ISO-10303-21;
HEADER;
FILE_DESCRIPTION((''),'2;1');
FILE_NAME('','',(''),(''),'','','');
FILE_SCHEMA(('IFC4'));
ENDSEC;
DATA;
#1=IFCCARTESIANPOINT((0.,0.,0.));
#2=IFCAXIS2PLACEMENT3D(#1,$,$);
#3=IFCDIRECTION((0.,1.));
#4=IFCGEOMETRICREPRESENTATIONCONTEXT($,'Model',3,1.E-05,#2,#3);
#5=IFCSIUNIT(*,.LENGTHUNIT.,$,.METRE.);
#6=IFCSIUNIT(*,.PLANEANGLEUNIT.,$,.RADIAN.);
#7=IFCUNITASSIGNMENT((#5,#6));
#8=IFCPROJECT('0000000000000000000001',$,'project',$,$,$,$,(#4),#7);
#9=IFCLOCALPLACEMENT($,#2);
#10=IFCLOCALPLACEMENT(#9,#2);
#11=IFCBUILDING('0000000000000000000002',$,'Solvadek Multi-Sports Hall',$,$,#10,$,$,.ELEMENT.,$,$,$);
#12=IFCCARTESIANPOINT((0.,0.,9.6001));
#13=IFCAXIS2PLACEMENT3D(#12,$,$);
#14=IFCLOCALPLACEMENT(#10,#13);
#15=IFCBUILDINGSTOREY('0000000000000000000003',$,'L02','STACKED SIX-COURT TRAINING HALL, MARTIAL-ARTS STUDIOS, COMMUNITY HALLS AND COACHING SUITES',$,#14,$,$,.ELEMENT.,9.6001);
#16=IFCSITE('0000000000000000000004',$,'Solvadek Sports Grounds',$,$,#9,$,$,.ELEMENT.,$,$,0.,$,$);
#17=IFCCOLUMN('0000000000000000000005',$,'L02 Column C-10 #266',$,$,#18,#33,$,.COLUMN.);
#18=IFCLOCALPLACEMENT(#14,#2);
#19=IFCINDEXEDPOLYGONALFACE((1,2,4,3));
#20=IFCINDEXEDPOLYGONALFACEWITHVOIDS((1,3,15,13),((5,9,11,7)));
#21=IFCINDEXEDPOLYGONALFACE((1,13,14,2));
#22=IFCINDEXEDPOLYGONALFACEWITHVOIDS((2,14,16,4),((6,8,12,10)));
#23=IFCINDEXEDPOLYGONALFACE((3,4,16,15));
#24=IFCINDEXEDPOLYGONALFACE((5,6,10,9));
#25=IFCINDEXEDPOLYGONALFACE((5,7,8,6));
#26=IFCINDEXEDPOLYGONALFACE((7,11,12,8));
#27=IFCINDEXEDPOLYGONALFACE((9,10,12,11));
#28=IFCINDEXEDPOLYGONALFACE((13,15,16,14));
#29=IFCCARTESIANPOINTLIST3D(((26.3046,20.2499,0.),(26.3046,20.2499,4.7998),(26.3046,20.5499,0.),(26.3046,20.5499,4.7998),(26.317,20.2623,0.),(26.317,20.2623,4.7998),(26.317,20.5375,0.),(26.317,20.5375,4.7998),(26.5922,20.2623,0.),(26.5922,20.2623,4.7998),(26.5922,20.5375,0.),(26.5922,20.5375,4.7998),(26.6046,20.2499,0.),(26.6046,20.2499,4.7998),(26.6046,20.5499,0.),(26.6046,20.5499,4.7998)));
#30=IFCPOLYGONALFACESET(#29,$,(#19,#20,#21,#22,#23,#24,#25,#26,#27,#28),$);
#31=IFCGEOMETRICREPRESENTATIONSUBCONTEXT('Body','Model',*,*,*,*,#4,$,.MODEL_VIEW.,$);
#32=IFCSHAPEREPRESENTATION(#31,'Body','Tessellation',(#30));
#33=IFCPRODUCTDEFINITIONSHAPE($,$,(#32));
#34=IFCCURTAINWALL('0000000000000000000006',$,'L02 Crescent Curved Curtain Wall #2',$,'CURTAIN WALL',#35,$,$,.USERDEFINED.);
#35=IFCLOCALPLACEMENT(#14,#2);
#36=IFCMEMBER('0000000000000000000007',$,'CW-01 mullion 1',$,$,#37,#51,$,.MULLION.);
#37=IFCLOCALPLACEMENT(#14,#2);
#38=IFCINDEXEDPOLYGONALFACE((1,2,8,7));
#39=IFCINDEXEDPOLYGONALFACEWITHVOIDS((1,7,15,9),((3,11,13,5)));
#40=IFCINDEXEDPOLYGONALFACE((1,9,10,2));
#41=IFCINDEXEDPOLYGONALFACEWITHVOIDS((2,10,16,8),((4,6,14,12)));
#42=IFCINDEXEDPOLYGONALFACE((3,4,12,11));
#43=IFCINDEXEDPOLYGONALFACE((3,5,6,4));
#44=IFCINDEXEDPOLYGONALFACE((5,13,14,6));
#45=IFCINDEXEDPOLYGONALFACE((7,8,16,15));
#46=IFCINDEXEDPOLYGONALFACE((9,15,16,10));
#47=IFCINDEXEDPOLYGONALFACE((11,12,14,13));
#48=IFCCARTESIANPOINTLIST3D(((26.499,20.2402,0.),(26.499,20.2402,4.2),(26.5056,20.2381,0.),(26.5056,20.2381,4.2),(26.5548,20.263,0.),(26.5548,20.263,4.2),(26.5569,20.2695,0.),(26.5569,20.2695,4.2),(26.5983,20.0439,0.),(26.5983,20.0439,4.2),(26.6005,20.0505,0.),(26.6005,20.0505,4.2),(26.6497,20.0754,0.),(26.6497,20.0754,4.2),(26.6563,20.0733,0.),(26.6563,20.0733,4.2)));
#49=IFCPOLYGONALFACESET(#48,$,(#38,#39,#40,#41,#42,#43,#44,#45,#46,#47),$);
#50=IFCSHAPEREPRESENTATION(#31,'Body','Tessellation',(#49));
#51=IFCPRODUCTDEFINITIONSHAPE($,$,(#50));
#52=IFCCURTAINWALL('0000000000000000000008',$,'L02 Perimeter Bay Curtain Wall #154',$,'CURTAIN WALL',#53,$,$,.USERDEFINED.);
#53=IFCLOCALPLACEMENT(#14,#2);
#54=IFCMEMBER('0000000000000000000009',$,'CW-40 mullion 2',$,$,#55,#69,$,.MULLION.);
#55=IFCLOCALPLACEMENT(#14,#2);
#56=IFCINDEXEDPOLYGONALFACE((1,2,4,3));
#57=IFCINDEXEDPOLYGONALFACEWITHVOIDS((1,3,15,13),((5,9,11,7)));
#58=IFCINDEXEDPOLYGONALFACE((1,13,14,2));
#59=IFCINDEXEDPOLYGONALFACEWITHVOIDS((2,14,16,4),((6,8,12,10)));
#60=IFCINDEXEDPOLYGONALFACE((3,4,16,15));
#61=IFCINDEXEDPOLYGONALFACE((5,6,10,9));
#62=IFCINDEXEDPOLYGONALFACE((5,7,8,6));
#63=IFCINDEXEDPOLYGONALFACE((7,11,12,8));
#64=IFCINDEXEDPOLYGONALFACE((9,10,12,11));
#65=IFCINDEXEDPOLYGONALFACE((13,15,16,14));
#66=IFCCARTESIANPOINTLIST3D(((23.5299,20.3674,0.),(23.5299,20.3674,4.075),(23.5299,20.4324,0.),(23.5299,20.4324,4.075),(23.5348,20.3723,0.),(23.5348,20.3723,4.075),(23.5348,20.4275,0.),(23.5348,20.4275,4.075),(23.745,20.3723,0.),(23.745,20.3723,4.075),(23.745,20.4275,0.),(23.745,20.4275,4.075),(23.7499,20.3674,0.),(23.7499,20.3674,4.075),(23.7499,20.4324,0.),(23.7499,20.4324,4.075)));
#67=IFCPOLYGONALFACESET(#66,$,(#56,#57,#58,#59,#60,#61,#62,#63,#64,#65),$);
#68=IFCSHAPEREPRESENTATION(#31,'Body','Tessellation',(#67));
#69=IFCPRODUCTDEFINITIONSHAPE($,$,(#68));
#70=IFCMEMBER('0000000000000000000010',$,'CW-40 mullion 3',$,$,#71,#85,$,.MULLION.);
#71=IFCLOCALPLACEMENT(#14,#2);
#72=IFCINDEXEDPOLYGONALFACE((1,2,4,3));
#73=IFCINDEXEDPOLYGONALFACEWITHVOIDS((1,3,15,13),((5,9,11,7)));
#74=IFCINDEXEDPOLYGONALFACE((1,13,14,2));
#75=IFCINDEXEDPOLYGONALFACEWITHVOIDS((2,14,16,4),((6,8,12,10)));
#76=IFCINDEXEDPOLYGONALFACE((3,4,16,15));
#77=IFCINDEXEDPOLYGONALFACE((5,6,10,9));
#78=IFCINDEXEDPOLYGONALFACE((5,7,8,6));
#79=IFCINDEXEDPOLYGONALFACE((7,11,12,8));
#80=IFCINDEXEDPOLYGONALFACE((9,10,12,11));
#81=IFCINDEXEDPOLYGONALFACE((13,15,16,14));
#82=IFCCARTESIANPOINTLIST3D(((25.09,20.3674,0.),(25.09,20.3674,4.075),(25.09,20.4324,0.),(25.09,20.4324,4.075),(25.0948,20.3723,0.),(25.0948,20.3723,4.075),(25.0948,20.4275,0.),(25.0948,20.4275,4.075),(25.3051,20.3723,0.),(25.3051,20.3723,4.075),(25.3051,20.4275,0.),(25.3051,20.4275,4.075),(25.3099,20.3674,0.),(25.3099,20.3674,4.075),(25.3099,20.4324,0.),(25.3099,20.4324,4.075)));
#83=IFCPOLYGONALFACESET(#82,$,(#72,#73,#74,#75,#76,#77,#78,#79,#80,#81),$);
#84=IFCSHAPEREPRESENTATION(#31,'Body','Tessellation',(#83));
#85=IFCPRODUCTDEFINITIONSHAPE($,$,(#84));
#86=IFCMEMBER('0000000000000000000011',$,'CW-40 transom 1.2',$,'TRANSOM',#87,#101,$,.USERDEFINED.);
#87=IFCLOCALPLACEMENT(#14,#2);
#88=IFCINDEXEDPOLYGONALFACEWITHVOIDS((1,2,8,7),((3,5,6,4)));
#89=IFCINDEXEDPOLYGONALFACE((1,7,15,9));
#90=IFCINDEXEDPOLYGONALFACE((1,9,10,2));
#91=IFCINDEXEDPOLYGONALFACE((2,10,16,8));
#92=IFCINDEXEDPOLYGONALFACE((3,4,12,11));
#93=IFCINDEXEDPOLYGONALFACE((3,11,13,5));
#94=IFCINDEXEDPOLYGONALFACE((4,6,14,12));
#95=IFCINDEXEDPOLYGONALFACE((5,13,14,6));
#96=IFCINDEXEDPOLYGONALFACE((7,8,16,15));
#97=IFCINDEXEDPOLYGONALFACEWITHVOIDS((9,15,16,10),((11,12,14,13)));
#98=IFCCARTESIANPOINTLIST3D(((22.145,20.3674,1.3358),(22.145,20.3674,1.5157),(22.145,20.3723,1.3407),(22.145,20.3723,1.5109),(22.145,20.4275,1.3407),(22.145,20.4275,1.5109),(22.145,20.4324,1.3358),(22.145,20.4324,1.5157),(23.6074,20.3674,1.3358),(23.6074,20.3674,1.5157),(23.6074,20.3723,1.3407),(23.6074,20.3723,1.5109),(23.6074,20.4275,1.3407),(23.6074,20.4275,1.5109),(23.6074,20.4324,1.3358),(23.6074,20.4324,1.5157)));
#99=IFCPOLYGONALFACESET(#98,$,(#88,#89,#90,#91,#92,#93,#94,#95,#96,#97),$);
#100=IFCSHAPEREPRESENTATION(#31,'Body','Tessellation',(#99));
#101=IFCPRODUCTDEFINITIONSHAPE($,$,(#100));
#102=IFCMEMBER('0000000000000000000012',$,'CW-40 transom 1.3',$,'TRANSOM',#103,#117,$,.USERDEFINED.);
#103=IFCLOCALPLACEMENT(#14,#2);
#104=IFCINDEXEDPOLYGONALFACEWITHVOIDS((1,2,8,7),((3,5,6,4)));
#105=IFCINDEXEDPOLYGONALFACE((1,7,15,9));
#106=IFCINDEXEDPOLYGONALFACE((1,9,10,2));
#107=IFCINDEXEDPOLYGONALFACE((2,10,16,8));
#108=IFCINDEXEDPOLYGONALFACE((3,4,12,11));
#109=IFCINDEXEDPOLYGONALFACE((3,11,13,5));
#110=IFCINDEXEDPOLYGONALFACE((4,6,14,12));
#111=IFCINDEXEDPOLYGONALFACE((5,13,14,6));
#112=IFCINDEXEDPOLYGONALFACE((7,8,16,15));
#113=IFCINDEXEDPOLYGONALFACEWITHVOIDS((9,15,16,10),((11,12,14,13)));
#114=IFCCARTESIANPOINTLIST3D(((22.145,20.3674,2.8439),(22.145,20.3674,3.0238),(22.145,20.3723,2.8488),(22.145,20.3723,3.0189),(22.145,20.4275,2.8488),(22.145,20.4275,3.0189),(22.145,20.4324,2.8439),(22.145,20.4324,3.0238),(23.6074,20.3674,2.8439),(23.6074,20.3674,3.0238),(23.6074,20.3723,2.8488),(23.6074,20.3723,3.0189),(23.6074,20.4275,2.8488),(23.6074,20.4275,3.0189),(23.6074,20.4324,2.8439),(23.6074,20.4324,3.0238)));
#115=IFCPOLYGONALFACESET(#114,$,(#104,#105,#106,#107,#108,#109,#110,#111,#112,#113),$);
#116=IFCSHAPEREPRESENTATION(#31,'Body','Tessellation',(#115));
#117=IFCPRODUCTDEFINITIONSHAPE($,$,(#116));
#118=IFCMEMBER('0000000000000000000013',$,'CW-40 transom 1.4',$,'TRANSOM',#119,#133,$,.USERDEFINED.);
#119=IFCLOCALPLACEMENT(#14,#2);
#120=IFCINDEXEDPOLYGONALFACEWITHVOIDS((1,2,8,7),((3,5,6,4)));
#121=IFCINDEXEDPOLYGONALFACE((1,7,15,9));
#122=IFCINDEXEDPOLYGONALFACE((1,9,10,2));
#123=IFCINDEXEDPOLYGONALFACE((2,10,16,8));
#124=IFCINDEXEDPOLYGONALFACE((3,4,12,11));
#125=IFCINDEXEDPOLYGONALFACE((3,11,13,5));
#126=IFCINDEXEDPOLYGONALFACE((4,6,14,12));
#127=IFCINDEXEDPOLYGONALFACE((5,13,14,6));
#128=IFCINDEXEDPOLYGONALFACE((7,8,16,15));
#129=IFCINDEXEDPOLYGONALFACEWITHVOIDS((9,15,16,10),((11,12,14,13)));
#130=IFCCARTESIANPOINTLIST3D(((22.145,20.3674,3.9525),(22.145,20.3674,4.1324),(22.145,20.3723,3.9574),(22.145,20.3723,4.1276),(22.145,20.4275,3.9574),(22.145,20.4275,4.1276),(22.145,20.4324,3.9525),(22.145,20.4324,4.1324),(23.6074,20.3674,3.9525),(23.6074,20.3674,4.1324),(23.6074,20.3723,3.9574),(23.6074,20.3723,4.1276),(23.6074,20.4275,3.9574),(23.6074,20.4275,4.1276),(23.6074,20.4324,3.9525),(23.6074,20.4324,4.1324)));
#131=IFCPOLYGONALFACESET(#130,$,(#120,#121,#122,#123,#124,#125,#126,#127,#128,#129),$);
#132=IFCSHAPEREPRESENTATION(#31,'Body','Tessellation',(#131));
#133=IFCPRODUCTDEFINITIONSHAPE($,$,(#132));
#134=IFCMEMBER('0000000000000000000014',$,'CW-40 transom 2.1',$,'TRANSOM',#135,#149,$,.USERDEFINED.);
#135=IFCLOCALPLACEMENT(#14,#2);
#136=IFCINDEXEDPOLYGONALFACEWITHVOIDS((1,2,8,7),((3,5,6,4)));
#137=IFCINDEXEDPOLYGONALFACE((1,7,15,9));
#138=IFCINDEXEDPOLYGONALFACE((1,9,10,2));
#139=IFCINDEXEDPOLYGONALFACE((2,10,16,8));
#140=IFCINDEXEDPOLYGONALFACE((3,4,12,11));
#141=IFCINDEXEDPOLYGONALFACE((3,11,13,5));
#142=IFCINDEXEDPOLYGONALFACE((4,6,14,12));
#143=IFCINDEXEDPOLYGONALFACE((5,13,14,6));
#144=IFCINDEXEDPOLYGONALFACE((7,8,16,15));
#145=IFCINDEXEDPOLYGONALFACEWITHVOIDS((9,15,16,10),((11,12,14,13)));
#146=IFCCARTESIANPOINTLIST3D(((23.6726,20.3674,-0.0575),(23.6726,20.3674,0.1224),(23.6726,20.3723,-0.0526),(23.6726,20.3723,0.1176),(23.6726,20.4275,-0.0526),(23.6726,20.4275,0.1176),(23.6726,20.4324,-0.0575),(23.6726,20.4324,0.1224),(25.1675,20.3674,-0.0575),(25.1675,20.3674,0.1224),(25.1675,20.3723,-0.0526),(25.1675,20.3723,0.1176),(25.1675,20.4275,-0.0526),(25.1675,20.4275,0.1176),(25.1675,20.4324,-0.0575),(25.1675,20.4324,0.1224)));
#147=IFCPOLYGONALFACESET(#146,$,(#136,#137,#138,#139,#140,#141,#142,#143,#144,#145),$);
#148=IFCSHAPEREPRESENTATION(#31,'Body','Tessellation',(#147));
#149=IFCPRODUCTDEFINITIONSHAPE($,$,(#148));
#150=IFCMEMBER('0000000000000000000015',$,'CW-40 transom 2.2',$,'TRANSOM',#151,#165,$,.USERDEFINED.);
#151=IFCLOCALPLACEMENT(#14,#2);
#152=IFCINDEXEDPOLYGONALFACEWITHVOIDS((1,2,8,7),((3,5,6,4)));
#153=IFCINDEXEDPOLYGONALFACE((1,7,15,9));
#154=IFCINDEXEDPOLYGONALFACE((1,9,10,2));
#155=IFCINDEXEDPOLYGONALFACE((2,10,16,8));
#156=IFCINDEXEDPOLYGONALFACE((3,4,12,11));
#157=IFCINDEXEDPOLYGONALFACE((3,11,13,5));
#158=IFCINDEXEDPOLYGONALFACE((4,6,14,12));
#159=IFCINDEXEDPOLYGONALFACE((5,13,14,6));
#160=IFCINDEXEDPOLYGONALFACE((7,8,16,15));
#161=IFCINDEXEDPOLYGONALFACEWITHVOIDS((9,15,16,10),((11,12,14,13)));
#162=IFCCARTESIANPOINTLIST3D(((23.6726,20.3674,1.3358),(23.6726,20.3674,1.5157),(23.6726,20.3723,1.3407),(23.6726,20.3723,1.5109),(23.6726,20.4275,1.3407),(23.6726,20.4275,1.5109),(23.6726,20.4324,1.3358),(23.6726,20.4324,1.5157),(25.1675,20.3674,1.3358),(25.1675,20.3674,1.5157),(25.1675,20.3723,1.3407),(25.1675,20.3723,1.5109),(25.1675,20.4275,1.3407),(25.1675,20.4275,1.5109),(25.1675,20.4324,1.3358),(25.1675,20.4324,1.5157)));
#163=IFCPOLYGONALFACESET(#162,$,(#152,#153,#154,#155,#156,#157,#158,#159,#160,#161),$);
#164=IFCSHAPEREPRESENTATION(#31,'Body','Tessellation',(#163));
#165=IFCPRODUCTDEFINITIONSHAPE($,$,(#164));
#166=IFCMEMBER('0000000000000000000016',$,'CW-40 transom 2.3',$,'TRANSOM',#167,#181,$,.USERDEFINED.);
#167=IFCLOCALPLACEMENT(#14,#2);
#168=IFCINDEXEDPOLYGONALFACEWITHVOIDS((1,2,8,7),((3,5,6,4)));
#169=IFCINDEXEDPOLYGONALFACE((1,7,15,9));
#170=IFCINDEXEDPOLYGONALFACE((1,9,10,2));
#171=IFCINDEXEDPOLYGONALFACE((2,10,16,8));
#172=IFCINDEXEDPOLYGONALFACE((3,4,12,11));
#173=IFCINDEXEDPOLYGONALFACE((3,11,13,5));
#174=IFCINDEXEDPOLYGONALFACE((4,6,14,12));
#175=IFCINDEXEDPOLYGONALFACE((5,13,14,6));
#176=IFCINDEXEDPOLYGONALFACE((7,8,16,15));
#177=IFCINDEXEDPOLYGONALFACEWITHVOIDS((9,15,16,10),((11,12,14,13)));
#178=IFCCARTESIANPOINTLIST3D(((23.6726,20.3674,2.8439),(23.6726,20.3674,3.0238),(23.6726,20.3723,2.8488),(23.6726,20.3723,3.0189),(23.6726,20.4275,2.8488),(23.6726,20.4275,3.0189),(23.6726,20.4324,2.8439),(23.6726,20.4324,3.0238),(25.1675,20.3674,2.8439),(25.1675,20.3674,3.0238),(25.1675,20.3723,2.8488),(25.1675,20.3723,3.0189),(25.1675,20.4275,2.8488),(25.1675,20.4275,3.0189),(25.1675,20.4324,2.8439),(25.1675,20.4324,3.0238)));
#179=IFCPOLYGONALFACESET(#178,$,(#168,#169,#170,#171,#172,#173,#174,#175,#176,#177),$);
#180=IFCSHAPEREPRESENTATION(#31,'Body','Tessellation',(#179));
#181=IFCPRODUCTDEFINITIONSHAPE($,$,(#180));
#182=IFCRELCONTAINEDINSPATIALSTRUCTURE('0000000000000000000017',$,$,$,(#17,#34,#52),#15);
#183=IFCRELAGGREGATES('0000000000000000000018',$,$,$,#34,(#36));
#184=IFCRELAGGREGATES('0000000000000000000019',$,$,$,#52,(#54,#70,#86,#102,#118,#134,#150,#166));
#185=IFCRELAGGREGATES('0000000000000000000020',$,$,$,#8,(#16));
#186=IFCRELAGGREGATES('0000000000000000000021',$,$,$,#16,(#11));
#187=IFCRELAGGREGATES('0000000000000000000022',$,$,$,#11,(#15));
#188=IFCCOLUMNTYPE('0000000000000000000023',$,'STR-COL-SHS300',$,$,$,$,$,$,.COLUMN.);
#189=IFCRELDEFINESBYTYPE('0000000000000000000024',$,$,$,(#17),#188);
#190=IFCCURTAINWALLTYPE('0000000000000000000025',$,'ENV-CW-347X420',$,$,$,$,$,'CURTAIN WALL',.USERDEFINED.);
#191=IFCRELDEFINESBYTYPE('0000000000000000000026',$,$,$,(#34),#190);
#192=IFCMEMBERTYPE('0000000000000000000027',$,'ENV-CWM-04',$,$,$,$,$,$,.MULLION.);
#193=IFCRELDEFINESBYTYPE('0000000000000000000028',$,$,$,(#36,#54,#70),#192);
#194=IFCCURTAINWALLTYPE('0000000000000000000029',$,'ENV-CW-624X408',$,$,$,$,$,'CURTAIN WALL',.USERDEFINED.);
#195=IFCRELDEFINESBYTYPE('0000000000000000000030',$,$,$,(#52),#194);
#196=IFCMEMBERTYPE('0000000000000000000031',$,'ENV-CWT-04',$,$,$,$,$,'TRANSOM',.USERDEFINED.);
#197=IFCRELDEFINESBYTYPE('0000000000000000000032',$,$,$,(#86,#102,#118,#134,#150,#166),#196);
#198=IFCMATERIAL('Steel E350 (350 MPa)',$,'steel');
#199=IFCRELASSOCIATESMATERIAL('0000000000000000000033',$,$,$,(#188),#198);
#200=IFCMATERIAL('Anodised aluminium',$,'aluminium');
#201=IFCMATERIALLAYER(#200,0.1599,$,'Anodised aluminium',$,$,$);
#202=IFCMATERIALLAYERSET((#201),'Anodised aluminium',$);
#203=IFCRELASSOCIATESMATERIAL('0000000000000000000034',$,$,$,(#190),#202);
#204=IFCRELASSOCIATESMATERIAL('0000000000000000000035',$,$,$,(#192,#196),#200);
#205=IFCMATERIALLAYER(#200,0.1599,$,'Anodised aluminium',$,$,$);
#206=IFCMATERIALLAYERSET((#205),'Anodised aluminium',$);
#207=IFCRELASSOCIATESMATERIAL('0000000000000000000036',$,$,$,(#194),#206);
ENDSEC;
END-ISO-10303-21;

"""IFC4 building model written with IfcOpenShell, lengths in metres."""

from ifc_helpers import new_model, si_unit, direction, frame, origin, origin_2d, place, context, subcontext, project, spatial, hollow_rectangle, extrude, material, layer, layer_set, material_profile, profile_set, type_object, element, aggregate, save


model = new_model("IFC4")

# Units and contexts
model_context = context("Model", 3, precision=1e-05, world=origin(), true_north=direction((0.0, 1.0)))
body_context = subcontext(model_context, "Body", "Model", "MODEL_VIEW")
ifc_project = project(units=[si_unit("LENGTHUNIT", "METRE"), si_unit("PLANEANGLEUNIT", "RADIAN")], contexts=[model_context])

# Site, building, storey
site_placement = place(None, origin())
site = spatial("IfcSite", under=ifc_project, at=site_placement, Name="Solvadek Sports Grounds", CompositionType="ELEMENT", RefElevation=0.0)
building_placement = place(site_placement, origin())
building = spatial("IfcBuilding", under=site, at=building_placement, Name="Solvadek Multi-Sports Hall", CompositionType="ELEMENT")
storey_placement = place(building_placement, frame((0.0, 0.0, 9.6001)))
storey = spatial("IfcBuildingStorey", under=building, at=storey_placement, Name="L02", Description="STACKED SIX-COURT TRAINING HALL, MARTIAL-ARTS STUDIOS, COMMUNITY HALLS AND COACHING SUITES", CompositionType="ELEMENT", Elevation=9.6001)

# Column
ifc_material_1 = material(Name="Steel E350 (350 MPa)", Category="steel")
ifc_material_profile_1 = material_profile(ifc_material_1, hollow_rectangle(XDim=0.3, YDim=0.3, WallThickness=0.0125, at=origin_2d()), Name="SHS 300x300x12.5")
ifc_profile_set_1 = profile_set([ifc_material_profile_1], Name="Steel E350 (350 MPa)")
column_type = type_object("IfcColumnType", Name="STR-COL-SHS300", PredefinedType="COLUMN", material=ifc_profile_set_1)
column_placement = place(storey_placement, frame((26.4546, 20.3999, 0.0), z_axis=(0.0, 0.0, 1.0), x_axis=(1.0, 0.0, 0.0)))
element("IfcColumn", 1, at=column_placement, inside=storey, type_object=column_type, Name="L02 Column C-10 #266", PredefinedType="COLUMN", context=body_context, shape_type="SweptSolid", body=[
    extrude(hollow_rectangle(XDim=0.3, YDim=0.3, WallThickness=0.0125, at=origin_2d()), origin(), (0.0, 0.0, 1.0), 4.7998),
])

# Curtain wall, member
ifc_material_2 = material(Name="Anodised aluminium", Category="aluminium")
ifc_layer_1 = layer(ifc_material_2, 0.1599, Name="Anodised aluminium")
ifc_layer_set_1 = layer_set([ifc_layer_1], Name="Anodised aluminium")
curtain_wall_type_1 = type_object("IfcCurtainWallType", Name="ENV-CW-347X420", ElementType="CURTAIN WALL", PredefinedType="USERDEFINED", material=ifc_layer_set_1)
curtain_wall_1_placement = place(storey_placement, origin())
curtain_wall_1 = element("IfcCurtainWall", 2, at=curtain_wall_1_placement, inside=storey, type_object=curtain_wall_type_1, Name="L02 Crescent Curved Curtain Wall #2", ObjectType="CURTAIN WALL", PredefinedType="USERDEFINED")
ifc_material_profile_2 = material_profile(ifc_material_2, hollow_rectangle(XDim=0.0649, YDim=0.22, WallThickness=0.0049, at=origin_2d()), Name="ALU-M 220x65x5")
ifc_profile_set_2 = profile_set([ifc_material_profile_2], Name="Anodised aluminium")
member_type_1 = type_object("IfcMemberType", Name="ENV-CWM-04", PredefinedType="MULLION", material=ifc_profile_set_2)
member_1_placement = place(storey_placement, frame((26.5776, 20.1567, 0.0), z_axis=(0.0, 0.0, 1.0), x_axis=(0.892241, 0.451559, 0.0)))
member_1 = element("IfcMember", 3, at=member_1_placement, type_object=member_type_1, Name="CW-01 mullion 1", PredefinedType="MULLION", context=body_context, shape_type="SweptSolid", body=[
    extrude(hollow_rectangle(XDim=0.0649, YDim=0.22, WallThickness=0.0049, at=origin_2d()), origin(), (0.0, 0.0, 1.0), 4.2),
])
aggregate(curtain_wall_1, [member_1])

# Curtain wall, members
ifc_layer_2 = layer(ifc_material_2, 0.1599, Name="Anodised aluminium")
ifc_layer_set_2 = layer_set([ifc_layer_2], Name="Anodised aluminium")
curtain_wall_type_2 = type_object("IfcCurtainWallType", Name="ENV-CW-624X408", ElementType="CURTAIN WALL", PredefinedType="USERDEFINED", material=ifc_layer_set_2)
curtain_wall_2_placement = place(storey_placement, origin())
curtain_wall_2 = element("IfcCurtainWall", 4, at=curtain_wall_2_placement, inside=storey, type_object=curtain_wall_type_2, Name="L02 Perimeter Bay Curtain Wall #154", ObjectType="CURTAIN WALL", PredefinedType="USERDEFINED")
member_2_placement = place(storey_placement, frame((23.6399, 20.3999, 0.0), z_axis=(0.0, 0.0, 1.0), x_axis=(0.0, 1.0, 0.0)))
member_2 = element("IfcMember", 5, at=member_2_placement, type_object=member_type_1, Name="CW-40 mullion 2", PredefinedType="MULLION", context=body_context, shape_type="SweptSolid", body=[
    extrude(hollow_rectangle(XDim=0.0649, YDim=0.22, WallThickness=0.0049, at=origin_2d()), origin(), (0.0, 0.0, 1.0), 4.075),
])
member_3_placement = place(storey_placement, frame((25.2, 20.3999, 0.0), z_axis=(0.0, 0.0, 1.0), x_axis=(0.0, 1.0, 0.0)))
member_3 = element("IfcMember", 6, at=member_3_placement, type_object=member_type_1, Name="CW-40 mullion 3", PredefinedType="MULLION", context=body_context, shape_type="SweptSolid", body=[
    extrude(hollow_rectangle(XDim=0.0649, YDim=0.22, WallThickness=0.0049, at=origin_2d()), origin(), (0.0, 0.0, 1.0), 4.075),
])
ifc_material_profile_3 = material_profile(ifc_material_2, hollow_rectangle(XDim=0.0649, YDim=0.1799, WallThickness=0.0049, at=origin_2d()), Name="ALU-T 180x65x5")
ifc_profile_set_3 = profile_set([ifc_material_profile_3], Name="Anodised aluminium")
member_type_2 = type_object("IfcMemberType", Name="ENV-CWT-04", ElementType="TRANSOM", PredefinedType="USERDEFINED", material=ifc_profile_set_3)
member_4_placement = place(storey_placement, frame((22.145, 20.3999, 1.4258), z_axis=(1.0, 0.0, 0.0), x_axis=(0.0, 1.0, 0.0)))
member_4 = element("IfcMember", 7, at=member_4_placement, type_object=member_type_2, Name="CW-40 transom 1.2", ObjectType="TRANSOM", PredefinedType="USERDEFINED", context=body_context, shape_type="SweptSolid", body=[
    extrude(hollow_rectangle(XDim=0.0649, YDim=0.1799, WallThickness=0.0049, at=origin_2d()), origin(), (0.0, 0.0, 1.0), 1.4624),
])
member_5_placement = place(storey_placement, frame((22.145, 20.3999, 2.9338), z_axis=(1.0, 0.0, 0.0), x_axis=(0.0, 1.0, 0.0)))
member_5 = element("IfcMember", 8, at=member_5_placement, type_object=member_type_2, Name="CW-40 transom 1.3", ObjectType="TRANSOM", PredefinedType="USERDEFINED", context=body_context, shape_type="SweptSolid", body=[
    extrude(hollow_rectangle(XDim=0.0649, YDim=0.1799, WallThickness=0.0049, at=origin_2d()), origin(), (0.0, 0.0, 1.0), 1.4624),
])
member_6_placement = place(storey_placement, frame((22.145, 20.3999, 4.0425), z_axis=(1.0, 0.0, 0.0), x_axis=(0.0, 1.0, 0.0)))
member_6 = element("IfcMember", 9, at=member_6_placement, type_object=member_type_2, Name="CW-40 transom 1.4", ObjectType="TRANSOM", PredefinedType="USERDEFINED", context=body_context, shape_type="SweptSolid", body=[
    extrude(hollow_rectangle(XDim=0.0649, YDim=0.1799, WallThickness=0.0049, at=origin_2d()), origin(), (0.0, 0.0, 1.0), 1.4624),
])
member_7_placement = place(storey_placement, frame((23.6726, 20.3999, 0.0325), z_axis=(1.0, 0.0, 0.0), x_axis=(0.0, 1.0, 0.0)))
member_7 = element("IfcMember", 10, at=member_7_placement, type_object=member_type_2, Name="CW-40 transom 2.1", ObjectType="TRANSOM", PredefinedType="USERDEFINED", context=body_context, shape_type="SweptSolid", body=[
    extrude(hollow_rectangle(XDim=0.0649, YDim=0.1799, WallThickness=0.0049, at=origin_2d()), origin(), (0.0, 0.0, 1.0), 1.4949),
])
member_8_placement = place(storey_placement, frame((23.6726, 20.3999, 1.4258), z_axis=(1.0, 0.0, 0.0), x_axis=(0.0, 1.0, 0.0)))
member_8 = element("IfcMember", 11, at=member_8_placement, type_object=member_type_2, Name="CW-40 transom 2.2", ObjectType="TRANSOM", PredefinedType="USERDEFINED", context=body_context, shape_type="SweptSolid", body=[
    extrude(hollow_rectangle(XDim=0.0649, YDim=0.1799, WallThickness=0.0049, at=origin_2d()), origin(), (0.0, 0.0, 1.0), 1.4949),
])
member_9_placement = place(storey_placement, frame((23.6726, 20.3999, 2.9338), z_axis=(1.0, 0.0, 0.0), x_axis=(0.0, 1.0, 0.0)))
member_9 = element("IfcMember", 12, at=member_9_placement, type_object=member_type_2, Name="CW-40 transom 2.3", ObjectType="TRANSOM", PredefinedType="USERDEFINED", context=body_context, shape_type="SweptSolid", body=[
    extrude(hollow_rectangle(XDim=0.0649, YDim=0.1799, WallThickness=0.0049, at=origin_2d()), origin(), (0.0, 0.0, 1.0), 1.4949),
])

aggregate(curtain_wall_2, [member_2, member_3, member_4, member_5, member_6, member_7, member_8, member_9])

save(model, "model.ifc")
